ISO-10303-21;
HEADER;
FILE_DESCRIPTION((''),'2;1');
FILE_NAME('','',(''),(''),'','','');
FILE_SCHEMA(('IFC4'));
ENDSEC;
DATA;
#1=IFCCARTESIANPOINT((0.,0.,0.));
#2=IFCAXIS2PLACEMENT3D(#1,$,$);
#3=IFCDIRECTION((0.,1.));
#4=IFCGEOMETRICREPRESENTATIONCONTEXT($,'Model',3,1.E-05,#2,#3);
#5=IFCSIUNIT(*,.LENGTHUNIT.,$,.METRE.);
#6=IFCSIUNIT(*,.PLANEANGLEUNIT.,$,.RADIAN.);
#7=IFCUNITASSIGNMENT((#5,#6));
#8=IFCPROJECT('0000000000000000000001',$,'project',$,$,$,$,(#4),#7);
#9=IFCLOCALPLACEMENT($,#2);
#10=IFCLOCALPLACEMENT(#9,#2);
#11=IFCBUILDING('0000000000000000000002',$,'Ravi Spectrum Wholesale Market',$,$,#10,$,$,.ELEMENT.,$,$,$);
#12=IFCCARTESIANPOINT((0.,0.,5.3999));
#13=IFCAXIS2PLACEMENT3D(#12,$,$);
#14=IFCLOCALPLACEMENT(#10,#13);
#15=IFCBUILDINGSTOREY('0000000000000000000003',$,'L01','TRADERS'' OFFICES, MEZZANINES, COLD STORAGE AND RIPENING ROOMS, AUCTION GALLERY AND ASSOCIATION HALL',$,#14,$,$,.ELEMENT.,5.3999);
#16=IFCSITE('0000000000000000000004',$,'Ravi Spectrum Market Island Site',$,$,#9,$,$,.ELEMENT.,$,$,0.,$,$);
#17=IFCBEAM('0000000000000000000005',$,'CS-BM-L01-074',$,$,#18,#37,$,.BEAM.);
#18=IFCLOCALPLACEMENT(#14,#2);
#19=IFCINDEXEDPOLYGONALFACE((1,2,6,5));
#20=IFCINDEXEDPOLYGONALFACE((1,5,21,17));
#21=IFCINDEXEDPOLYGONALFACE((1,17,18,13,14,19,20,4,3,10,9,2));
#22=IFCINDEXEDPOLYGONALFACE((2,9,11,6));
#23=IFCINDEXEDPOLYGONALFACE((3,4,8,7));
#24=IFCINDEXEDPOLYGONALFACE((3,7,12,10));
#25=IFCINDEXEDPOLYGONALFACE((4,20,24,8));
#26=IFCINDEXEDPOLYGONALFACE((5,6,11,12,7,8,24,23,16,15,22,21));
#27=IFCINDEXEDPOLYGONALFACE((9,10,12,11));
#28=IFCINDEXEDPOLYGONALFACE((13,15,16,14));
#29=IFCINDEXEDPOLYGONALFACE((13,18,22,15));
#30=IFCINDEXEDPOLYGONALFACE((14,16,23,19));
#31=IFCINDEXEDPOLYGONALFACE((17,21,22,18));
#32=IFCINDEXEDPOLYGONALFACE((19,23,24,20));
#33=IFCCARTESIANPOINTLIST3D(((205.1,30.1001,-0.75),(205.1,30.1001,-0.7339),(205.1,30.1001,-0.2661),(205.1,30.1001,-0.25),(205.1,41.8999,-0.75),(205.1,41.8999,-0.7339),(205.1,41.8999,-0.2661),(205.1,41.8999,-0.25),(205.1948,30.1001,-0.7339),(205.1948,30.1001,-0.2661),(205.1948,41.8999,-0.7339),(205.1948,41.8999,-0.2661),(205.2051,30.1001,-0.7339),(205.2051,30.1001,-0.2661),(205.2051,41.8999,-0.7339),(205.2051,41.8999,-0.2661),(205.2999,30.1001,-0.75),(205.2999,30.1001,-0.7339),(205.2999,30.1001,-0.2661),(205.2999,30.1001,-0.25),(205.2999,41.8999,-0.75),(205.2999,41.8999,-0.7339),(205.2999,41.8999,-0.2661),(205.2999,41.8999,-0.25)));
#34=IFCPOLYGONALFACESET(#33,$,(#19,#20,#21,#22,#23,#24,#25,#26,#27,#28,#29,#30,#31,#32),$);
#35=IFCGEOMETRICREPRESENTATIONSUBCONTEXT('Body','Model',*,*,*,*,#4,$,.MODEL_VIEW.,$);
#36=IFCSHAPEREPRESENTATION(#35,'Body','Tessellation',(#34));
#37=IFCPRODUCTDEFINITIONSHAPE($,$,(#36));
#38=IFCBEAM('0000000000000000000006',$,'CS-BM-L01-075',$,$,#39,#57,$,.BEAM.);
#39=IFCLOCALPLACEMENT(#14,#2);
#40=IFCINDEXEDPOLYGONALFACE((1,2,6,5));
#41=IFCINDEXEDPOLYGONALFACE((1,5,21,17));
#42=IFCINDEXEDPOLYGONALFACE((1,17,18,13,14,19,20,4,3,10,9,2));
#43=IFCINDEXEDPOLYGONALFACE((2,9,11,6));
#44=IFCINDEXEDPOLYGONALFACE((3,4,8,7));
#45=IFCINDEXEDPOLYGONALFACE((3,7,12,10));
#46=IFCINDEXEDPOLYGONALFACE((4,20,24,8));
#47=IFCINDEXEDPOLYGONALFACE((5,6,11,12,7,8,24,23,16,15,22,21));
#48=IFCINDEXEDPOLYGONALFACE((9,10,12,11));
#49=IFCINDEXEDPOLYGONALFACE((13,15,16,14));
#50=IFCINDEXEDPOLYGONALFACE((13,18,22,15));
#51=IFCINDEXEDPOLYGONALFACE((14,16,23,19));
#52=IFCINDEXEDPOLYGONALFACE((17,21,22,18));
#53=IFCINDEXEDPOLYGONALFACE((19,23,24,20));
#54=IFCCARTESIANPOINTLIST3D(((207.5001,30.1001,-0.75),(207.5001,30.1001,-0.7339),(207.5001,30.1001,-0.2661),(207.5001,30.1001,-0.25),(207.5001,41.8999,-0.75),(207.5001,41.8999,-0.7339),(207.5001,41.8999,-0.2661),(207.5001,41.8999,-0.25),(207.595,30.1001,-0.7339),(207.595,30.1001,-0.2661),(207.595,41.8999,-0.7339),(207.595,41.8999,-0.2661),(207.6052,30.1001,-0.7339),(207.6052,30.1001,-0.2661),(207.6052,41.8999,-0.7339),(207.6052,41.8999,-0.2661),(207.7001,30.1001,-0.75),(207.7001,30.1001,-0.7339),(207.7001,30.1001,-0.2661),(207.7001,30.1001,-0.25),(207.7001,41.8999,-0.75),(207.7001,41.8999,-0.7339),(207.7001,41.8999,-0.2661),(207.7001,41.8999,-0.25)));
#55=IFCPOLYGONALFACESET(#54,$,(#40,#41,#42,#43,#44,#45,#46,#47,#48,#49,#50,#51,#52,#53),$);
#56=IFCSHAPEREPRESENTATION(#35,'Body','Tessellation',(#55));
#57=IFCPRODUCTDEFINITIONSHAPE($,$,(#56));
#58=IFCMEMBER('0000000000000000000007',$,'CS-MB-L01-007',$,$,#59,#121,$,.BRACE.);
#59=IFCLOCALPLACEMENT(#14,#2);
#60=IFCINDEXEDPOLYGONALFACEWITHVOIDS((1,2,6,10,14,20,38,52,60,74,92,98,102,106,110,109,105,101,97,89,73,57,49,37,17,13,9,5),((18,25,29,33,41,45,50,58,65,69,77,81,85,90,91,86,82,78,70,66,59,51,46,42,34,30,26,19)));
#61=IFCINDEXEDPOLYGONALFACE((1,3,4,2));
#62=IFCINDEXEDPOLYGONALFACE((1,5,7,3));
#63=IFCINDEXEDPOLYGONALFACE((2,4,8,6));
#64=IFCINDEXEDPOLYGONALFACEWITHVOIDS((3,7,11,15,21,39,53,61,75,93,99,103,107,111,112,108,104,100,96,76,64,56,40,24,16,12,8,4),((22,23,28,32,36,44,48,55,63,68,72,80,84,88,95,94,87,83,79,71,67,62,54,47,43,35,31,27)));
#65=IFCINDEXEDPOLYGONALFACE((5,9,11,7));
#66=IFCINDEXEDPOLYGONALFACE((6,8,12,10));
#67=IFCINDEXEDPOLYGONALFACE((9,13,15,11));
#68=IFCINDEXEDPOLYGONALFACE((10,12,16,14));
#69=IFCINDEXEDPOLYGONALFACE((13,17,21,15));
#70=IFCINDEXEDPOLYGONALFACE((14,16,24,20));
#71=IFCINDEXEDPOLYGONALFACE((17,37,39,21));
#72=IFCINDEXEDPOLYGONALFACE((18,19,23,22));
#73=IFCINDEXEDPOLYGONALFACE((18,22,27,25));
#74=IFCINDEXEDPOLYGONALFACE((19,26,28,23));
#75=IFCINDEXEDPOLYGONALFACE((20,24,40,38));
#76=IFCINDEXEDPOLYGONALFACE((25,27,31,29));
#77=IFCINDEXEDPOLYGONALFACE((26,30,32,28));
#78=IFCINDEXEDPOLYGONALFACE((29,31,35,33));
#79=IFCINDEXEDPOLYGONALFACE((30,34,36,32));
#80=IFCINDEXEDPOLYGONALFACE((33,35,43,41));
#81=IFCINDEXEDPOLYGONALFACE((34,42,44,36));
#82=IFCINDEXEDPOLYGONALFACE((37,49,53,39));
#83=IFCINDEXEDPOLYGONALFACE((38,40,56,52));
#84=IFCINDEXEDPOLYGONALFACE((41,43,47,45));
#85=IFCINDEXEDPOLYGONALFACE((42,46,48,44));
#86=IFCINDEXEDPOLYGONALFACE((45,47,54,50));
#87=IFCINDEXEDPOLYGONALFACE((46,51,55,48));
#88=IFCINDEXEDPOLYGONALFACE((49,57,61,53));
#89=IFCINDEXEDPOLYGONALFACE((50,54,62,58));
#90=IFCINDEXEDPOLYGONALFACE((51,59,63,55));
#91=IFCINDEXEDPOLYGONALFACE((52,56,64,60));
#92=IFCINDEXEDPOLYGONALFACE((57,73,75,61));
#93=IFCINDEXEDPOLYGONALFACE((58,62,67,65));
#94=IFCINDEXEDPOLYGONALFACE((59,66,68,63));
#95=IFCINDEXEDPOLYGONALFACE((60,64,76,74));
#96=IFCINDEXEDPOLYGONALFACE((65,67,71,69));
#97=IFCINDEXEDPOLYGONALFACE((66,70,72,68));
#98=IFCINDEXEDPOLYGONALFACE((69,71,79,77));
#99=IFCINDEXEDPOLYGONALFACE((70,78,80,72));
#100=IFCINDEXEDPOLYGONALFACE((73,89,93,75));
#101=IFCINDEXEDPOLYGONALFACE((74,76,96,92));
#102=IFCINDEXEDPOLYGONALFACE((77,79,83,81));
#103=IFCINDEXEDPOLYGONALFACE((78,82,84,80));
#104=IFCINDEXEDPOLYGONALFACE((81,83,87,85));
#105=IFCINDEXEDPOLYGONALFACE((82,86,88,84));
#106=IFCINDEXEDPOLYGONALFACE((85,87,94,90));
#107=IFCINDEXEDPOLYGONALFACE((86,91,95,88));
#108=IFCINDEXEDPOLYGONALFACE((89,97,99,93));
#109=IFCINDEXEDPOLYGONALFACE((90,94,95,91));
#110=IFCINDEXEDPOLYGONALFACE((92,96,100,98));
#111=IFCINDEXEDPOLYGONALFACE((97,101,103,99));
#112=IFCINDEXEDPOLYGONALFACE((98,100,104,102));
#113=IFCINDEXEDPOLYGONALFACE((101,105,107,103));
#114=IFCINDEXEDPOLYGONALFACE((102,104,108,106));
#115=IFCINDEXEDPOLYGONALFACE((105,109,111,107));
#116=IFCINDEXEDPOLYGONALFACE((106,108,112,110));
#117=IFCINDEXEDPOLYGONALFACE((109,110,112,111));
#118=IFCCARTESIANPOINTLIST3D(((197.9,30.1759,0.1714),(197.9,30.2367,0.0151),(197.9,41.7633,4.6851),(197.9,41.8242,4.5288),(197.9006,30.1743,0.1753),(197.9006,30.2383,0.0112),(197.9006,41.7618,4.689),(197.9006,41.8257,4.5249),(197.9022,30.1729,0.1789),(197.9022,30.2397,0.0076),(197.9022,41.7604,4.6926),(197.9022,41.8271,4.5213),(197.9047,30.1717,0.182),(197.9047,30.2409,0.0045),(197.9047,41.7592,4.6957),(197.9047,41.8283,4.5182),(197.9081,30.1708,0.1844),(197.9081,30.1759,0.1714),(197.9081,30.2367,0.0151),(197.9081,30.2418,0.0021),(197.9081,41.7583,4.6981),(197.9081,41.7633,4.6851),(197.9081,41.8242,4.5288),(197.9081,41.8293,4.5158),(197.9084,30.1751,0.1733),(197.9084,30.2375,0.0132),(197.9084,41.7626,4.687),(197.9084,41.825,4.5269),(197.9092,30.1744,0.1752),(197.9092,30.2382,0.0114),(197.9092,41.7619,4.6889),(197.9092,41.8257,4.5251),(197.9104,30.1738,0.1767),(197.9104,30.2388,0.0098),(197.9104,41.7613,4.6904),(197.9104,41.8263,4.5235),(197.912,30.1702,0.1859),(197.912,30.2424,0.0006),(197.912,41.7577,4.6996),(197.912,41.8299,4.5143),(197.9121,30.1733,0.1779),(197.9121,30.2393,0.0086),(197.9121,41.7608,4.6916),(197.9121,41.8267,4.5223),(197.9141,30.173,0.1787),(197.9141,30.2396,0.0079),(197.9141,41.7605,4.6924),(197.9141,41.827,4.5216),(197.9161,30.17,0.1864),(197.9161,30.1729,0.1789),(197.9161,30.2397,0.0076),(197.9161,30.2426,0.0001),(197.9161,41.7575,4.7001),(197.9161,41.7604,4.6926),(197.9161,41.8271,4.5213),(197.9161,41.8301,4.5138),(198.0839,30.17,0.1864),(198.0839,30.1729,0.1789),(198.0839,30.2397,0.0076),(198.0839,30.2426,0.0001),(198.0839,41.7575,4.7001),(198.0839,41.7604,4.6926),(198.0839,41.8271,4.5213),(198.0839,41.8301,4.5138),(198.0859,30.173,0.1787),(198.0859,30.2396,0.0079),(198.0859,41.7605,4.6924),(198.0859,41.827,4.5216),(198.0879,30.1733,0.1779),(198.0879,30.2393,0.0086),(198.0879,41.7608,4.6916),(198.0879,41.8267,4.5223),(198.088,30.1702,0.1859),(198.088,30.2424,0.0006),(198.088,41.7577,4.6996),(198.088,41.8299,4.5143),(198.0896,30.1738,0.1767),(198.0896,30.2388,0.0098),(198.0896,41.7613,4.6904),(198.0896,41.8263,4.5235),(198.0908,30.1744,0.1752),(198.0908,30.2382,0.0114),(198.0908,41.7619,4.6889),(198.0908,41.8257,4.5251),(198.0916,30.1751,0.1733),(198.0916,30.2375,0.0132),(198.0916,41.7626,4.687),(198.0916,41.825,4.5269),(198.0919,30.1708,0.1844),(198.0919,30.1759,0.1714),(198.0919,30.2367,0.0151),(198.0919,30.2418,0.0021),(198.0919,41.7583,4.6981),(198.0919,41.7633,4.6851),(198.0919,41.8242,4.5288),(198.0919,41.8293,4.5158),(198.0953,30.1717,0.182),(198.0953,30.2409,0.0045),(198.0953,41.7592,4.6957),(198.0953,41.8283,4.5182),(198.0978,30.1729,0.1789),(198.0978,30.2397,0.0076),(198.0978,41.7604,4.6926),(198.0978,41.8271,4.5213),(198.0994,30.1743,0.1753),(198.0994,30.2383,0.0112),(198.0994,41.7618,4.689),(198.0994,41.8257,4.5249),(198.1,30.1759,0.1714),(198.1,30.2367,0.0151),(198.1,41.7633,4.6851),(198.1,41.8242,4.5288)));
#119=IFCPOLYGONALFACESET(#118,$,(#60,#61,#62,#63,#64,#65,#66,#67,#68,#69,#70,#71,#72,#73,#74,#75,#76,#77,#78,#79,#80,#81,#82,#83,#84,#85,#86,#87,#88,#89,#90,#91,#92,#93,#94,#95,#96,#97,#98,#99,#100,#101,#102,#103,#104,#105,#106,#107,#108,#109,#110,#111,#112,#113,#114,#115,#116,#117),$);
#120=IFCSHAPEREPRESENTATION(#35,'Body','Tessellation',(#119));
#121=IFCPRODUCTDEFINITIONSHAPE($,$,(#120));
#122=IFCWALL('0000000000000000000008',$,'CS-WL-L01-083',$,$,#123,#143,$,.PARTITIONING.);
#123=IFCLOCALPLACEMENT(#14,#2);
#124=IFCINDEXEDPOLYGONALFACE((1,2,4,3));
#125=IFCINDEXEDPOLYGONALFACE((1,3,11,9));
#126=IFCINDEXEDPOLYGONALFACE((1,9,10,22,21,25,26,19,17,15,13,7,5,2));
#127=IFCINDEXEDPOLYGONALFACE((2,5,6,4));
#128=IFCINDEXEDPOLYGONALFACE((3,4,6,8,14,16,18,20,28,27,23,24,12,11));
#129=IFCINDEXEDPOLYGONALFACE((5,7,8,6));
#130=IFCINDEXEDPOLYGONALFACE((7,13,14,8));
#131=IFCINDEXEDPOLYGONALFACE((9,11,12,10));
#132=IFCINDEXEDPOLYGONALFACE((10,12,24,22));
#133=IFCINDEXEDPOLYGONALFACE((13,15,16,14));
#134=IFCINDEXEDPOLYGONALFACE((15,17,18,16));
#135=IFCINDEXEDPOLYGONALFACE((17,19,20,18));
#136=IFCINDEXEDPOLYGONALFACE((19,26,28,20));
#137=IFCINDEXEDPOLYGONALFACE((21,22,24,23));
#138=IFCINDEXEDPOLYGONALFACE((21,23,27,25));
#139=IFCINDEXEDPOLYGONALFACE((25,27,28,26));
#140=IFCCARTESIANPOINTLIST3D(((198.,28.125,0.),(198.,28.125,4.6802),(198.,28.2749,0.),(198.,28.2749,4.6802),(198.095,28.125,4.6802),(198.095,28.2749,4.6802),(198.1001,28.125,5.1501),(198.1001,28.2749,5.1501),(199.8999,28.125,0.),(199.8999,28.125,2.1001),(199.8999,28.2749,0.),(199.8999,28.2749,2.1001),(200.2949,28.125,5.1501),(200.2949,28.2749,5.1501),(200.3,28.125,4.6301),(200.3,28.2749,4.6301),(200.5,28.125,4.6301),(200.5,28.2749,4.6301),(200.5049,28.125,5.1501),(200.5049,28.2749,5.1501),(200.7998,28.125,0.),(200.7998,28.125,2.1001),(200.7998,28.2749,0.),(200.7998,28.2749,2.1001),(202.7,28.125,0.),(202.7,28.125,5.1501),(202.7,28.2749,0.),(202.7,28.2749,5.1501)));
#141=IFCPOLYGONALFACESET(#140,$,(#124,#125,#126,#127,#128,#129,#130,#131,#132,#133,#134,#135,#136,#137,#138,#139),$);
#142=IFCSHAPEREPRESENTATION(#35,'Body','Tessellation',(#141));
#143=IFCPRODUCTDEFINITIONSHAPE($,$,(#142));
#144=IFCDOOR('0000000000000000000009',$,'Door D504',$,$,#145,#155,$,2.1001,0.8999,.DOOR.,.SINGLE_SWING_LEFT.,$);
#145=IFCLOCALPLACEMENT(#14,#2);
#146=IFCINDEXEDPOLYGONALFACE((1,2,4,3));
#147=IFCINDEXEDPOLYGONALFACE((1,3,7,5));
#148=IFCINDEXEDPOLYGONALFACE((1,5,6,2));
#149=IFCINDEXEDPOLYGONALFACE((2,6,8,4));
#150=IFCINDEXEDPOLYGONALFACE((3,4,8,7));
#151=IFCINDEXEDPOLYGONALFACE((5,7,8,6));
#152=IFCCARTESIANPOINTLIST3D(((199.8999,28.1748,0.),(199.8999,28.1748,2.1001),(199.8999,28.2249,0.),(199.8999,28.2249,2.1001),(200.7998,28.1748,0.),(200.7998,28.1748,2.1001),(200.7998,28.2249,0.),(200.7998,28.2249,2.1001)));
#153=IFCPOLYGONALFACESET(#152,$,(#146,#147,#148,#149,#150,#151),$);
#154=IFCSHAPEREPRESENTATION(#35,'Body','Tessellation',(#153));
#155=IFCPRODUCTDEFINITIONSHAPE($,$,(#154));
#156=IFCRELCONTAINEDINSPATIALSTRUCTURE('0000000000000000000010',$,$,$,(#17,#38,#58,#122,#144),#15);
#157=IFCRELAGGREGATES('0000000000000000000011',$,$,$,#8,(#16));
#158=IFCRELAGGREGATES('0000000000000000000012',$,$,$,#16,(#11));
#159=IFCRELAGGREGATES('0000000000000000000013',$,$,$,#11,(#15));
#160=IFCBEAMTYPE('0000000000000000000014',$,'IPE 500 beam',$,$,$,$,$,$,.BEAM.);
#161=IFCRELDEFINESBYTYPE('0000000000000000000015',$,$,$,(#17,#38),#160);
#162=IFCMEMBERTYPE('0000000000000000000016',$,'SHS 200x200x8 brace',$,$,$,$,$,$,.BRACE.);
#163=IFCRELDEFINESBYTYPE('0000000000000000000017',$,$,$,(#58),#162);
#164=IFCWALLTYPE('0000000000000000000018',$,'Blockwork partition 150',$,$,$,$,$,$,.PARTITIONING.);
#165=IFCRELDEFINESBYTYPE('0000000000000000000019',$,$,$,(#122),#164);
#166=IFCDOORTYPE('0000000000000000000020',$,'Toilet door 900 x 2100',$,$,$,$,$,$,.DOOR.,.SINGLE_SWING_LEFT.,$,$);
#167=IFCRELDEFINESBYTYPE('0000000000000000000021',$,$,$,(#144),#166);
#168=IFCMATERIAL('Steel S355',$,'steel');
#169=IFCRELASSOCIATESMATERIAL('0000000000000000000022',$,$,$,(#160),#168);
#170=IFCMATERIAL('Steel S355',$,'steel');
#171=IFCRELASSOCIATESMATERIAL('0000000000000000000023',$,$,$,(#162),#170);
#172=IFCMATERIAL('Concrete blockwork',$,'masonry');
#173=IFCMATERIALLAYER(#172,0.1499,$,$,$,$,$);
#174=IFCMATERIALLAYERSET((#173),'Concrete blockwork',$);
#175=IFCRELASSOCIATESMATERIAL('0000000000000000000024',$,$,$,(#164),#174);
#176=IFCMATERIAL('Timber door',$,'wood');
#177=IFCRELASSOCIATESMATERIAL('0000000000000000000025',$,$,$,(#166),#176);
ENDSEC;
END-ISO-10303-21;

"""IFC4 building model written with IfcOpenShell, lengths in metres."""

from ifc_helpers import new_model, si_unit, direction, frame, frame_2d, origin, origin_2d, place, context, subcontext, project, spatial, polyline, rectangle, hollow_rectangle, i_section, outline, extrude, material, layer, layer_set, material_profile, profile_set, type_object, element, fill, save


model = new_model("IFC4")

# Units and contexts
model_context = context("Model", 3, precision=1e-05, world=origin(), true_north=direction((0.0, 1.0)))
body_context = subcontext(model_context, "Body", "Model", "MODEL_VIEW")
ifc_project = project(units=[si_unit("LENGTHUNIT", "METRE"), si_unit("PLANEANGLEUNIT", "RADIAN")], contexts=[model_context])

# Site, building, storey
site_placement = place(None, origin())
site = spatial("IfcSite", under=ifc_project, at=site_placement, Name="Ravi Spectrum Market Island Site", CompositionType="ELEMENT", RefElevation=0.0)
building_placement = place(site_placement, origin())
building = spatial("IfcBuilding", under=site, at=building_placement, Name="Ravi Spectrum Wholesale Market", CompositionType="ELEMENT")
storey_placement = place(building_placement, frame((0.0, 0.0, 5.3999)))
storey = spatial("IfcBuildingStorey", under=building, at=storey_placement, Name="L01", Description="TRADERS' OFFICES, MEZZANINES, COLD STORAGE AND RIPENING ROOMS, AUCTION GALLERY AND ASSOCIATION HALL", CompositionType="ELEMENT", Elevation=5.3999)

# Beams
ifc_material_1 = material(Name="Steel S355", Category="steel")
ifc_material_profile_1 = material_profile(ifc_material_1, i_section(OverallWidth=0.2, OverallDepth=0.5, WebThickness=0.0103, FlangeThickness=0.0161, at=origin_2d()))
ifc_profile_set_1 = profile_set([ifc_material_profile_1], Name="Steel S355")
beam_type_1 = type_object("IfcBeamType", Name="IPE 500 beam", PredefinedType="BEAM", material=ifc_profile_set_1)
for number, where, z_axis, x_axis, name in (
    (1, (205.2, 30.1001, -0.5), (0.0, 1.0, 0.0), (-1.0, 0.0, 0.0), "CS-BM-L01-074"),
    (2, (207.6001, 30.1001, -0.5), (0.0, 1.0, 0.0), (-1.0, 0.0, 0.0), "CS-BM-L01-075"),
):
    element("IfcBeam", number, at=place(storey_placement, frame(where, z_axis=z_axis, x_axis=x_axis)), inside=storey, type_object=beam_type_1, Name=name, PredefinedType="BEAM", context=body_context, shape_type="SweptSolid", body=[
        extrude(i_section(OverallWidth=0.2, OverallDepth=0.5, WebThickness=0.0103, FlangeThickness=0.0161, at=origin_2d()), origin(), (0.0, 0.0, 1.0), 11.7998),
    ])

# Member
ifc_material_2 = material(Name="Steel S355", Category="steel")
ifc_material_profile_2 = material_profile(ifc_material_2, hollow_rectangle(XDim=0.2, YDim=0.2, WallThickness=0.0081, InnerFilletRadius=0.0081, OuterFilletRadius=0.0161, at=origin_2d()))
ifc_profile_set_2 = profile_set([ifc_material_profile_2], Name="Steel S355")
member_type = type_object("IfcMemberType", Name="SHS 200x200x8 brace", PredefinedType="BRACE", material=ifc_profile_set_2)
member_placement = place(storey_placement, frame((198.0, 30.2063, 0.0933), z_axis=(0.0, 0.931802, 0.362967), x_axis=(-1.0, 0.0, 0.0)))
element("IfcMember", 3, at=member_placement, inside=storey, type_object=member_type, Name="CS-MB-L01-007", PredefinedType="BRACE", context=body_context, shape_type="SweptSolid", body=[
    extrude(hollow_rectangle(XDim=0.2, YDim=0.2, WallThickness=0.0081, InnerFilletRadius=0.0081, OuterFilletRadius=0.0161, at=origin_2d()), origin(), (0.0, 0.0, 1.0), 12.4355),
])

# Wall, opening, door
ifc_material_3 = material(Name="Concrete blockwork", Category="masonry")
ifc_layer_1 = layer(ifc_material_3, 0.1499)
ifc_layer_set_1 = layer_set([ifc_layer_1], Name="Concrete blockwork")
wall_type_1 = type_object("IfcWallType", Name="Blockwork partition 150", PredefinedType="PARTITIONING", material=ifc_layer_set_1)
wall_1_placement = place(storey_placement, frame((198.0, 28.2, 0.0), z_axis=(0.0, 0.0, 1.0), x_axis=(1.0, 0.0, 0.0)))
wall_1 = element("IfcWall", 4, at=wall_1_placement, inside=storey, type_object=wall_type_1, Name="CS-WL-L01-083", PredefinedType="PARTITIONING", context=body_context, shape_type="SweptSolid", body=[
    extrude(outline(polyline([(0.0, 0.0), (4.7, 0.0), (4.7, 5.1501), (2.5049, 5.1501), (2.5, 4.6301), (2.3, 4.6301), (2.2949, 5.1501), (0.1001, 5.1501), (0.095, 4.6802), (0.0, 4.6802), (0.0, 0.0)])), frame((0.0, 0.075, 0.0), z_axis=(0.0, -1.0, 0.0), x_axis=(1.0, 0.0, 0.0)), (0.0, 0.0, 1.0), 0.1499),
])
opening_1_placement = place(wall_1_placement, frame((1.8999, 0.0, 0.0)))
opening_1 = element("IfcOpeningElement", 5, at=opening_1_placement, cuts=wall_1, PredefinedType="OPENING", context=body_context, shape_type="SweptSolid", body=[
    extrude(rectangle(XDim=0.8999, YDim=2.1001, at=frame_2d((0.45, 1.05))), frame((0.0, 0.085, 0.0), z_axis=(0.0, -1.0, 0.0), x_axis=(1.0, 0.0, 0.0)), (0.0, 0.0, 1.0), 0.1699),
])
ifc_material_4 = material(Name="Timber door", Category="wood")
door_type_1 = type_object("IfcDoorType", Name="Toilet door 900 x 2100", OperationType="SINGLE_SWING_LEFT", PredefinedType="DOOR", material=ifc_material_4)
door_1_placement = place(opening_1_placement, origin())
door_1 = element("IfcDoor", 6, at=door_1_placement, inside=storey, type_object=door_type_1, Name="Door D504", OperationType="SINGLE_SWING_LEFT", OverallHeight=2.1001, OverallWidth=0.8999, PredefinedType="DOOR", context=body_context, shape_type="SweptSolid", body=[
    extrude(rectangle(XDim=0.8999, YDim=2.1001, at=frame_2d((0.45, 1.05))), frame((0.0, 0.0249, 0.0), z_axis=(0.0, -1.0, 0.0), x_axis=(1.0, 0.0, 0.0)), (0.0, 0.0, 1.0), 0.05),
])
fill(opening_1, door_1)

save(model, "model.ifc")
